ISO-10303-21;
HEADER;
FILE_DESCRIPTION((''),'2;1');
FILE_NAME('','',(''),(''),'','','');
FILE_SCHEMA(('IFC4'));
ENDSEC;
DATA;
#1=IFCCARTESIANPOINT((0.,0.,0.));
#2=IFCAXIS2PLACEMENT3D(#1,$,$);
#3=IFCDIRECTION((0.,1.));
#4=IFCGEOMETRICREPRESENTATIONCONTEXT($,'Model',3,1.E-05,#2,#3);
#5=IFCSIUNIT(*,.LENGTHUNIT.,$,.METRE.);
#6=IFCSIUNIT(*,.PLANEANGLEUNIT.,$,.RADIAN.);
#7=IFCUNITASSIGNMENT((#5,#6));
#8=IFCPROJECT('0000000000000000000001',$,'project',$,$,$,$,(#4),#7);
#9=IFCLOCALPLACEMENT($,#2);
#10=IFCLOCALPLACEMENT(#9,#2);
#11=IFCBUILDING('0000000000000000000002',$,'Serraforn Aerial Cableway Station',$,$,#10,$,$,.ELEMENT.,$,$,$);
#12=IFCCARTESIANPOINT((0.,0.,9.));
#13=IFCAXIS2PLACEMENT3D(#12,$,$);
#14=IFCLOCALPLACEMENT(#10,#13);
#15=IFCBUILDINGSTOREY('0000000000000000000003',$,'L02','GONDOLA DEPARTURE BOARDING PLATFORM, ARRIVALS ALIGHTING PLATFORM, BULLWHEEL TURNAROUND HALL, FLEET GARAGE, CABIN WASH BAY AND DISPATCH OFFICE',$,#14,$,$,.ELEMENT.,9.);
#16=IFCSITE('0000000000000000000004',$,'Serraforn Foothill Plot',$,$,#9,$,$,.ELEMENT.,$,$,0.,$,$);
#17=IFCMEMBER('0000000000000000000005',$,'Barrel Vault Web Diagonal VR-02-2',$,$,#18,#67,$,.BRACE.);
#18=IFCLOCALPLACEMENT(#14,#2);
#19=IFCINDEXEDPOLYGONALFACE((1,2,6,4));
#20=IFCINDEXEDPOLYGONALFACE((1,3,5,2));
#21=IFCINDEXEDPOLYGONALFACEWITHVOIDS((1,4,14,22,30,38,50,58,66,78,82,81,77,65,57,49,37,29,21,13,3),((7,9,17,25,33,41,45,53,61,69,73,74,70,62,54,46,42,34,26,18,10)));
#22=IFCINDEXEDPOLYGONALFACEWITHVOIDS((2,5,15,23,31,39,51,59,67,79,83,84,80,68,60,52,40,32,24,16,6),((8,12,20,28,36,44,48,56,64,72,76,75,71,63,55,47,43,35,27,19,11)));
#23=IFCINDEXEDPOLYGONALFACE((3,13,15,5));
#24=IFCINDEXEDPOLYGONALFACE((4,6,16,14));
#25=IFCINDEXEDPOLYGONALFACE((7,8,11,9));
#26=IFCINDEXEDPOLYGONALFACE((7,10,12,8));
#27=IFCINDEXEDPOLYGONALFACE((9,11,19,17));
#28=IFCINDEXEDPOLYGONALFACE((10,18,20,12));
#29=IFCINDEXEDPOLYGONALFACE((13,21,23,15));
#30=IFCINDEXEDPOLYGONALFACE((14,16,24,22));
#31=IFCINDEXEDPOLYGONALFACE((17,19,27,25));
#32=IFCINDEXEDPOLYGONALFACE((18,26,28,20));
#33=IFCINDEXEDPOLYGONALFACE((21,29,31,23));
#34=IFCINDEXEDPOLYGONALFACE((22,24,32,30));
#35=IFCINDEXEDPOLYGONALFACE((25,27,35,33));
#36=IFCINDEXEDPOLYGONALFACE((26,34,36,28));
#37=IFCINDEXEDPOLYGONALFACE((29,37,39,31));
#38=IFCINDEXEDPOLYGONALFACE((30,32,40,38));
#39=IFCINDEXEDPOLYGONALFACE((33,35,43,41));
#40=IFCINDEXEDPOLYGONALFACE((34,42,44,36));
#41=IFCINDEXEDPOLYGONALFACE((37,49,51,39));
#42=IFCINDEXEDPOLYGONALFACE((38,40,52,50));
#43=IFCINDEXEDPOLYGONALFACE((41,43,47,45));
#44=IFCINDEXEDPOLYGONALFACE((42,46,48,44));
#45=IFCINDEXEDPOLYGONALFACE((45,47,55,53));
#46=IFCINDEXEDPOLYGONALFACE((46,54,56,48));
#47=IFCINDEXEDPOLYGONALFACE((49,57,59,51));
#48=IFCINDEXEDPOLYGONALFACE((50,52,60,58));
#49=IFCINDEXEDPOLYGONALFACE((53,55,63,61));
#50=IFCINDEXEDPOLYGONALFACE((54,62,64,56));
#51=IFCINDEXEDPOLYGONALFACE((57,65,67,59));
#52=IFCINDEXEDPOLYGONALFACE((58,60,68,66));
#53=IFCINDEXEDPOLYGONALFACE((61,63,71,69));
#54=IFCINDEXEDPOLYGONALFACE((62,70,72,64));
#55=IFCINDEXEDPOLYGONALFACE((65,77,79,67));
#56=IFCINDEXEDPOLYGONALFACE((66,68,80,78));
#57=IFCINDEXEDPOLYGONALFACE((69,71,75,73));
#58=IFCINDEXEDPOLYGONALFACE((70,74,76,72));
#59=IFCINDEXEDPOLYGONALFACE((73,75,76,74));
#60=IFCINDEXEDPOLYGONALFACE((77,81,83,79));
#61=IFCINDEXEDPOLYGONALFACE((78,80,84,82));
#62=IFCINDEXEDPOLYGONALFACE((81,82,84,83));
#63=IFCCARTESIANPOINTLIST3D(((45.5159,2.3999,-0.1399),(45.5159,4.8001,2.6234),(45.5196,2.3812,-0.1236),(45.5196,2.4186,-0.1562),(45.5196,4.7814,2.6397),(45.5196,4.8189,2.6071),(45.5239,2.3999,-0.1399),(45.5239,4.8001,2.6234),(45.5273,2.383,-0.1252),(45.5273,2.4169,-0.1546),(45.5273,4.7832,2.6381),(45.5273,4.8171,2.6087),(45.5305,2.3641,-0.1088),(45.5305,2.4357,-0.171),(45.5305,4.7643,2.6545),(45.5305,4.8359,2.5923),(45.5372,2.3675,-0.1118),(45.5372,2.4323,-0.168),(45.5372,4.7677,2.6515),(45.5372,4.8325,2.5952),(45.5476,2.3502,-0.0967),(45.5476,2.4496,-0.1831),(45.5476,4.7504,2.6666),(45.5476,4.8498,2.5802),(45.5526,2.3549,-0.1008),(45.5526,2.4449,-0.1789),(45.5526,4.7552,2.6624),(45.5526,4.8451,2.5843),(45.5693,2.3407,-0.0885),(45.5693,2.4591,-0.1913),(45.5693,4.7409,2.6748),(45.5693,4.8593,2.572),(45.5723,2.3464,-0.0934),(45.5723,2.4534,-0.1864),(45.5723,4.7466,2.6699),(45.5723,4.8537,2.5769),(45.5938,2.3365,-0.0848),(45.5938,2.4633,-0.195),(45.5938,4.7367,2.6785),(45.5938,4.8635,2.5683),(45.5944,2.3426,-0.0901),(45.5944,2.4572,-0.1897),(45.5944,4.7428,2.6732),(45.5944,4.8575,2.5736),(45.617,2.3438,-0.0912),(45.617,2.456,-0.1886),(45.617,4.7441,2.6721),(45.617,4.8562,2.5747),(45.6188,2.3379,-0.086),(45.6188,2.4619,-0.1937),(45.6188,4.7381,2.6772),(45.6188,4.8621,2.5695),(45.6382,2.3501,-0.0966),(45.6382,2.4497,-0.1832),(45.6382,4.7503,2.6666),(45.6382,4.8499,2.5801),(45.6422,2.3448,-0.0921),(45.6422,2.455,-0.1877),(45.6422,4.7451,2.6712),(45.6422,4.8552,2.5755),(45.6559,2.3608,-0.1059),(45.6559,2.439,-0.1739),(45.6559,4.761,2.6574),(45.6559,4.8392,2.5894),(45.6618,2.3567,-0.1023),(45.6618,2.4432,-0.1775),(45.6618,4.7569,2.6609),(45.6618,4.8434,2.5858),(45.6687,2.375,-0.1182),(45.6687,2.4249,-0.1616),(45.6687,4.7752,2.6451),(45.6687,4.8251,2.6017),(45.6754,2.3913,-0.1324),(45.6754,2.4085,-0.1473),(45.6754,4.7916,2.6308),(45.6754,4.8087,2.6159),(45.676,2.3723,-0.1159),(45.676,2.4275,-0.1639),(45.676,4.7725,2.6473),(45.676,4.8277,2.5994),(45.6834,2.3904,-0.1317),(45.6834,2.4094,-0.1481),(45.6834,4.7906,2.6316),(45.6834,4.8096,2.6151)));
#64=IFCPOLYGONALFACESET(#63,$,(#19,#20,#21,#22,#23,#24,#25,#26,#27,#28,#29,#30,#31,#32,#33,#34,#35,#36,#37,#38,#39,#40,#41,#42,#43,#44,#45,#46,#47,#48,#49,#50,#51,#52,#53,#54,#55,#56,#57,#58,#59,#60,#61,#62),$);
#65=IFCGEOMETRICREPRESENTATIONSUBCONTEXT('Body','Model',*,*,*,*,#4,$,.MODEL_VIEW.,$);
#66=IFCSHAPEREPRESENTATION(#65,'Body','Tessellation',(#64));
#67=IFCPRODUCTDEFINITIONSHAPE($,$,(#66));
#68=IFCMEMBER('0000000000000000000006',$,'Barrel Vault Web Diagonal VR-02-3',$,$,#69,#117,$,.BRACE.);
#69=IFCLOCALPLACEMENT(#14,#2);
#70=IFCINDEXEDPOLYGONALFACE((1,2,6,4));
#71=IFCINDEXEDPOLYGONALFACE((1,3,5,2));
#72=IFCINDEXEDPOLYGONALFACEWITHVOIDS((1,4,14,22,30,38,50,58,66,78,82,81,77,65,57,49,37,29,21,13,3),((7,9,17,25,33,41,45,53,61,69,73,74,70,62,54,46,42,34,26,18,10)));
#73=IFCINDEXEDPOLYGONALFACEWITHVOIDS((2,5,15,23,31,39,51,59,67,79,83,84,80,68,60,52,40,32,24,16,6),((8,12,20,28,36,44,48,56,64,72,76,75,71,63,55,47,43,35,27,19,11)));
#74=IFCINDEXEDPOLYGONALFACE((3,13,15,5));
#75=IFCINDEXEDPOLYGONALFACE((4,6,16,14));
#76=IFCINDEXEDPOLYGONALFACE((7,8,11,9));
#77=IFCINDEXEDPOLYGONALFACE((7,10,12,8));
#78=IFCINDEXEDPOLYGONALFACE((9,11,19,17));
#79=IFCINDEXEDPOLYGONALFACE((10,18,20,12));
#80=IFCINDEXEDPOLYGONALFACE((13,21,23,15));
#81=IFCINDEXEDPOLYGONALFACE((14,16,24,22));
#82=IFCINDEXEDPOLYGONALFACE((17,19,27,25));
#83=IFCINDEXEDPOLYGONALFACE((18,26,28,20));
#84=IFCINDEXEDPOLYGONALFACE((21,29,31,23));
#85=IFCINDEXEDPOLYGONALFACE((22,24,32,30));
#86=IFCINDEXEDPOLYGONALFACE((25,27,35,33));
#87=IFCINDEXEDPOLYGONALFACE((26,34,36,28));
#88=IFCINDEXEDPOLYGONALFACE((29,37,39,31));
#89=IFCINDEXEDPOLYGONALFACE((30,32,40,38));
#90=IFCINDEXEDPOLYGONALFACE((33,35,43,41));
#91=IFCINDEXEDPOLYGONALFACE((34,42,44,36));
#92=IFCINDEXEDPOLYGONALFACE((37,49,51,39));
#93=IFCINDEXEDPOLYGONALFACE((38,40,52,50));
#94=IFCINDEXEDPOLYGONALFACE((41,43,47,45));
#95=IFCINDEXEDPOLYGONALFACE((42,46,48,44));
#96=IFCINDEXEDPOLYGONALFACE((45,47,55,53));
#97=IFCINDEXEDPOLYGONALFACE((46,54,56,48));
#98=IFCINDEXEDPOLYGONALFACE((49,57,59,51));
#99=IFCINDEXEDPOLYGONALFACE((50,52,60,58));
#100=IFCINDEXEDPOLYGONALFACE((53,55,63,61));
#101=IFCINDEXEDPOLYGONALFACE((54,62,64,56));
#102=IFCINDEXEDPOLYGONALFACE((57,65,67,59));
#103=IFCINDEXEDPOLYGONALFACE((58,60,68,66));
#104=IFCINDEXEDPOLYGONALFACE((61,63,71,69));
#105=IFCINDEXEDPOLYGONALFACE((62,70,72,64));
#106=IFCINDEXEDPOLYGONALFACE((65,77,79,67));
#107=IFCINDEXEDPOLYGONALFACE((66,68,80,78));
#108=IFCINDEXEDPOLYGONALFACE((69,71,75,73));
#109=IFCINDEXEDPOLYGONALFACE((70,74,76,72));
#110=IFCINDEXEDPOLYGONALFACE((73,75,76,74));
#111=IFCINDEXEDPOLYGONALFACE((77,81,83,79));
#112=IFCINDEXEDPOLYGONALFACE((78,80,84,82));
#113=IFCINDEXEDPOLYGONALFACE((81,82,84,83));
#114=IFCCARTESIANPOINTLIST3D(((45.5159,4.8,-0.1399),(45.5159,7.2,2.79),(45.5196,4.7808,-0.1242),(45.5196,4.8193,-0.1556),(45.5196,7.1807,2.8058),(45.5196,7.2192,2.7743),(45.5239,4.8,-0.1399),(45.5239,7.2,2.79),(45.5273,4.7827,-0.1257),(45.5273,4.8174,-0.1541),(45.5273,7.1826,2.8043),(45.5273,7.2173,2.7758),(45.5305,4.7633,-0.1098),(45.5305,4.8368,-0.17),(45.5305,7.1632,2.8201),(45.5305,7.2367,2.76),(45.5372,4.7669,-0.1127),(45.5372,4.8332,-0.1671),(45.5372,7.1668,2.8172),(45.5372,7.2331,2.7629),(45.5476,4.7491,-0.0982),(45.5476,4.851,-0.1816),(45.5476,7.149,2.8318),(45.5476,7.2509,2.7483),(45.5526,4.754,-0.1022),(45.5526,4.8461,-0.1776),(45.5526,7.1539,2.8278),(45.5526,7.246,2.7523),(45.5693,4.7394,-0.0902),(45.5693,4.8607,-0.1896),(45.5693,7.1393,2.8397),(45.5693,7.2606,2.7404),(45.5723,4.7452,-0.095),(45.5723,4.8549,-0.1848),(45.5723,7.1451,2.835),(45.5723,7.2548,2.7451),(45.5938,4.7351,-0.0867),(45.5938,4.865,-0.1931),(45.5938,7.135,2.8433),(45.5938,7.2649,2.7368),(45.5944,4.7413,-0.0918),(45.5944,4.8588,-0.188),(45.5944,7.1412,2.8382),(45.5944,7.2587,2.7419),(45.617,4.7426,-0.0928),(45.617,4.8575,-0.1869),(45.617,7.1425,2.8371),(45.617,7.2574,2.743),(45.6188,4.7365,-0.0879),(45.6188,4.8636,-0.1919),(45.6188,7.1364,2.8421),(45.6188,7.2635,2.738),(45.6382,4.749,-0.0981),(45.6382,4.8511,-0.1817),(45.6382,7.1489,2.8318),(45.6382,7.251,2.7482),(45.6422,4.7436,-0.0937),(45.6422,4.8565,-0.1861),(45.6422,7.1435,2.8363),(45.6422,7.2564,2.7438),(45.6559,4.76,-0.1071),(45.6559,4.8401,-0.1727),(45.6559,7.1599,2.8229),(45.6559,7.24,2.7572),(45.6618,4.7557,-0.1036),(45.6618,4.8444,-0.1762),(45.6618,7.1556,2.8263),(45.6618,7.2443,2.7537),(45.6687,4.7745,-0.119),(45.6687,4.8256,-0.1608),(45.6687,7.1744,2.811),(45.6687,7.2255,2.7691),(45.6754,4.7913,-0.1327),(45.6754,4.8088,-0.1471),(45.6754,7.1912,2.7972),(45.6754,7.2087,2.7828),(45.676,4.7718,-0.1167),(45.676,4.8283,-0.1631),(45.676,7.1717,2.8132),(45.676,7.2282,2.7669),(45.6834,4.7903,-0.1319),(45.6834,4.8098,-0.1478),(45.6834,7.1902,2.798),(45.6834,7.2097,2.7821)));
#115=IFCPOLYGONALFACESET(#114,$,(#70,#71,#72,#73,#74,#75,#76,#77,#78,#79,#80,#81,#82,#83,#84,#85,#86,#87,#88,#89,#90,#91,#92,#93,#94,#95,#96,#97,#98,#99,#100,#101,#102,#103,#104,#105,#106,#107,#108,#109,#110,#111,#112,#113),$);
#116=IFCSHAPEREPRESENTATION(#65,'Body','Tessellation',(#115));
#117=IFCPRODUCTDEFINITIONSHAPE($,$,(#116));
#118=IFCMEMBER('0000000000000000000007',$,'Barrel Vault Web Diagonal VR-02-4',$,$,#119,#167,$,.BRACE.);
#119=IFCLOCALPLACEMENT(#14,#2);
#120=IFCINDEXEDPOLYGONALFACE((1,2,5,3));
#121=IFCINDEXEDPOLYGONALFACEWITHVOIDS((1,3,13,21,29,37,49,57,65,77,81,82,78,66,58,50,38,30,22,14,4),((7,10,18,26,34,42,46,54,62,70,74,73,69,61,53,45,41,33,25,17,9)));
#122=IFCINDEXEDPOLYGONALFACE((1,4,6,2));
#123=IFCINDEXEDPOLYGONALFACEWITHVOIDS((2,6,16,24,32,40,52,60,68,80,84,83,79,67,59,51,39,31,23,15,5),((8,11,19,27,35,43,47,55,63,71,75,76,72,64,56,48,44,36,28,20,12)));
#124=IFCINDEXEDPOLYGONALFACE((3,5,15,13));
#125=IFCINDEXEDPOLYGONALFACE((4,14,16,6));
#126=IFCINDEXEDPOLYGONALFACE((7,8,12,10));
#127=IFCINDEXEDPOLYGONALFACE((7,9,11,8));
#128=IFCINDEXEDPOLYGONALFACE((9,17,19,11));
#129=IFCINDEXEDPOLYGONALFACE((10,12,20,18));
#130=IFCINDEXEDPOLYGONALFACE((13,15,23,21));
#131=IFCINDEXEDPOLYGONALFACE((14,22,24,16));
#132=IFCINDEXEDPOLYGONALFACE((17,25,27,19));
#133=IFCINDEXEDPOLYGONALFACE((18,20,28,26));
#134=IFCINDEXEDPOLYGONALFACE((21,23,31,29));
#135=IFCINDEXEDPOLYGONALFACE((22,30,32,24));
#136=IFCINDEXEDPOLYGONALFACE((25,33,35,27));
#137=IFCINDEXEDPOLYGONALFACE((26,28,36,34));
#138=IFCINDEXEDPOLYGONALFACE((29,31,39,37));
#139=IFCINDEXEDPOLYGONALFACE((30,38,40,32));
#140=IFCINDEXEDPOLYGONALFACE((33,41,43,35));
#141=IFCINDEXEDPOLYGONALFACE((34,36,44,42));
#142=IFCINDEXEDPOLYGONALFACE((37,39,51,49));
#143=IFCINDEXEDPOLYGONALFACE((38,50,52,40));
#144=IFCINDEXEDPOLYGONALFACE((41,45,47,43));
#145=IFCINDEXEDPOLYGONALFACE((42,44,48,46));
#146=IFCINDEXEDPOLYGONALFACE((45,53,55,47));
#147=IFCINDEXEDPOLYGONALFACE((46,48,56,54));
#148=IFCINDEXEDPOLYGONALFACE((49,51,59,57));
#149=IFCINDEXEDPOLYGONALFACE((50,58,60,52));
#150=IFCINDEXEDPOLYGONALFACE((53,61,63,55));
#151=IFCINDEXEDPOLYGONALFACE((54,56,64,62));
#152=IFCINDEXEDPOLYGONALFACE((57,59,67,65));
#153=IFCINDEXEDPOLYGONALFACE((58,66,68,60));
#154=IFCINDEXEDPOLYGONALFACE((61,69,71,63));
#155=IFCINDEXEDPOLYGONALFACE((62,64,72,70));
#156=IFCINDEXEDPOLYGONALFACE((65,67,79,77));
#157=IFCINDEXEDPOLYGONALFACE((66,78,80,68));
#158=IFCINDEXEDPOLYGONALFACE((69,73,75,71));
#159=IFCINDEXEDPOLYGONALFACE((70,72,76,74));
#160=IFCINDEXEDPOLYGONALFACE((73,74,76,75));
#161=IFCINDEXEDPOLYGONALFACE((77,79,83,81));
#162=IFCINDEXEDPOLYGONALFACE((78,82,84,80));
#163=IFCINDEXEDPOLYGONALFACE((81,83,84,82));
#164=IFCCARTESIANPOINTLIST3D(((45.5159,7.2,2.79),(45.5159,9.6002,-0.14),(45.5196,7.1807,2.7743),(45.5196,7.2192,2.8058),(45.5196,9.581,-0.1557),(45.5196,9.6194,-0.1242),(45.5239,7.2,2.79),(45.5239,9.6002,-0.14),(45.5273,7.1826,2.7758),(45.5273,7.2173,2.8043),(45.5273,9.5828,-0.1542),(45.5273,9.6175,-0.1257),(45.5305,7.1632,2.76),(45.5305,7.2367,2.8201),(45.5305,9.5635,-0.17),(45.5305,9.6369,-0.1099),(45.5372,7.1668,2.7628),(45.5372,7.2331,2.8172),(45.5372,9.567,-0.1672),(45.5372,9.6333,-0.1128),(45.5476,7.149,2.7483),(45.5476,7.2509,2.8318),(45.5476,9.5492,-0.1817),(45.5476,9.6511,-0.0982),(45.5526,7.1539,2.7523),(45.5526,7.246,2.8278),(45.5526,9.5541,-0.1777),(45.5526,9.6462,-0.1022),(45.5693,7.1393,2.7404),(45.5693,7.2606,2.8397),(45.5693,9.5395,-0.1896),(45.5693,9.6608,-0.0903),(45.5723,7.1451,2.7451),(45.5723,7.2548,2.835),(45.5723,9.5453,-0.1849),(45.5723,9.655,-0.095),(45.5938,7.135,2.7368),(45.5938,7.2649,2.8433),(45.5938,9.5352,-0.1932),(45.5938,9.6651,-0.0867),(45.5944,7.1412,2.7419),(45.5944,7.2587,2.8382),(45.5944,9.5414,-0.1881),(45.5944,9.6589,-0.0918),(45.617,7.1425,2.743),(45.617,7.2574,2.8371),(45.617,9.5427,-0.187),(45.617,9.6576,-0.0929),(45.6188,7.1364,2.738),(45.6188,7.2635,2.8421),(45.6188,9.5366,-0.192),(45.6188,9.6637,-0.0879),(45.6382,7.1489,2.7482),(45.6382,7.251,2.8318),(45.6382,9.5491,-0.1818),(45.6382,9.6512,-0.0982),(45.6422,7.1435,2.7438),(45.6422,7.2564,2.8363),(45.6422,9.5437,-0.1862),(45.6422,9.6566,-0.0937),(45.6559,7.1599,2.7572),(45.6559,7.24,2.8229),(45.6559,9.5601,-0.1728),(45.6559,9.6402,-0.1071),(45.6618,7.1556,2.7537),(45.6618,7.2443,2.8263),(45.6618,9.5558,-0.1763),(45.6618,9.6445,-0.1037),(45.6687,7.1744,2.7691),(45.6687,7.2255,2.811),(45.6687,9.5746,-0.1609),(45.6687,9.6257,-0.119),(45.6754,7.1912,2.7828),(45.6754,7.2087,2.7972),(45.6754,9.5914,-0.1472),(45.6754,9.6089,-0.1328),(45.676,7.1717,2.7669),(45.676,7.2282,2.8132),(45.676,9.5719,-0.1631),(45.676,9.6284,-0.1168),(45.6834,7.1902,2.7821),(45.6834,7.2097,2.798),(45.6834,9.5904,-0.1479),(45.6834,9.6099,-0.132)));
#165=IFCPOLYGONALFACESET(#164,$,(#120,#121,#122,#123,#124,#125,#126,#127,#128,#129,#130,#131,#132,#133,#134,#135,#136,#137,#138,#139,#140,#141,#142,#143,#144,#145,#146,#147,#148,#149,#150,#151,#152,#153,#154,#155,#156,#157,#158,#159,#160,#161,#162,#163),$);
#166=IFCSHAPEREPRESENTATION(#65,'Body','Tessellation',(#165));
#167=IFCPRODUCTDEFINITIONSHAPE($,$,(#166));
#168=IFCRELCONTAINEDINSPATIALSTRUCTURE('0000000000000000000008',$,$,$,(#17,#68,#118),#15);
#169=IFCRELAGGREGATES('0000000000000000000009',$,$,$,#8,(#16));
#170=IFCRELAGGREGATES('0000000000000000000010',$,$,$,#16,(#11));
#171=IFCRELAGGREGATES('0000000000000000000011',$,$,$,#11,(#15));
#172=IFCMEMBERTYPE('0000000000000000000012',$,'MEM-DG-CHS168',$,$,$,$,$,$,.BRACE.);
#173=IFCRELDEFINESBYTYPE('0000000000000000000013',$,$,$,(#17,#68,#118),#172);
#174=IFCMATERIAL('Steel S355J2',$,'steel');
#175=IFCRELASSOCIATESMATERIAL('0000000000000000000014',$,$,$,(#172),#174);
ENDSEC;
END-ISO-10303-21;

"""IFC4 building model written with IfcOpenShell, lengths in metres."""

from ifc_helpers import new_model, si_unit, direction, frame, origin, origin_2d, place, context, subcontext, project, spatial, hollow_circle, extrude, material, material_profile, profile_set, type_object, element, save


model = new_model("IFC4")

# Units and contexts
model_context = context("Model", 3, precision=1e-05, world=origin(), true_north=direction((0.0, 1.0)))
body_context = subcontext(model_context, "Body", "Model", "MODEL_VIEW")
ifc_project = project(units=[si_unit("LENGTHUNIT", "METRE"), si_unit("PLANEANGLEUNIT", "RADIAN")], contexts=[model_context])

# Site, building, storey
site_placement = place(None, origin())
site = spatial("IfcSite", under=ifc_project, at=site_placement, Name="Serraforn Foothill Plot", CompositionType="ELEMENT", RefElevation=0.0)
building_placement = place(site_placement, origin())
building = spatial("IfcBuilding", under=site, at=building_placement, Name="Serraforn Aerial Cableway Station", CompositionType="ELEMENT")
storey_placement = place(building_placement, frame((0.0, 0.0, 9.0)))
storey = spatial("IfcBuildingStorey", under=building, at=storey_placement, Name="L02", Description="GONDOLA DEPARTURE BOARDING PLATFORM, ARRIVALS ALIGHTING PLATFORM, BULLWHEEL TURNAROUND HALL, FLEET GARAGE, CABIN WASH BAY AND DISPATCH OFFICE", CompositionType="ELEMENT", Elevation=9.0)

# Members
ifc_material_1 = material(Name="Steel S355J2", Category="steel")
ifc_material_profile_1 = material_profile(ifc_material_1, hollow_circle(Radius=0.0842, WallThickness=0.0081, at=origin_2d()), Name="CHS 168.3x8.0")
ifc_profile_set_1 = profile_set([ifc_material_profile_1], Name="Steel S355J2")
member_type_1 = type_object("IfcMemberType", Name="MEM-DG-CHS168", PredefinedType="BRACE", material=ifc_profile_set_1)
member_1_placement = place(storey_placement, frame((45.6001, 2.3999, -0.1399), z_axis=(0.0, 0.655771, 0.75496), x_axis=(-1.0, 0.0, 0.0)))
element("IfcMember", 1, at=member_1_placement, inside=storey, type_object=member_type_1, Name="Barrel Vault Web Diagonal VR-02-2", PredefinedType="BRACE", context=body_context, shape_type="SweptSolid", body=[
    extrude(hollow_circle(Radius=0.0842, WallThickness=0.0081, at=origin_2d()), origin(), (0.0, 0.0, 1.0), 3.6602),
])
member_2_placement = place(storey_placement, frame((45.6001, 4.8, -0.1399), z_axis=(0.0, 0.633662, 0.77361), x_axis=(-1.0, 0.0, 0.0)))
element("IfcMember", 2, at=member_2_placement, inside=storey, type_object=member_type_1, Name="Barrel Vault Web Diagonal VR-02-3", PredefinedType="BRACE", context=body_context, shape_type="SweptSolid", body=[
    extrude(hollow_circle(Radius=0.0842, WallThickness=0.0081, at=origin_2d()), origin(), (0.0, 0.0, 1.0), 3.7874),
])
member_3_placement = place(storey_placement, frame((45.6001, 7.2, 2.79), z_axis=(0.0, 0.633701, -0.773578), x_axis=(-1.0, 0.0, 0.0)))
element("IfcMember", 3, at=member_3_placement, inside=storey, type_object=member_type_1, Name="Barrel Vault Web Diagonal VR-02-4", PredefinedType="BRACE", context=body_context, shape_type="SweptSolid", body=[
    extrude(hollow_circle(Radius=0.0842, WallThickness=0.0081, at=origin_2d()), origin(), (0.0, 0.0, 1.0), 3.7876),
])

save(model, "model.ifc")
